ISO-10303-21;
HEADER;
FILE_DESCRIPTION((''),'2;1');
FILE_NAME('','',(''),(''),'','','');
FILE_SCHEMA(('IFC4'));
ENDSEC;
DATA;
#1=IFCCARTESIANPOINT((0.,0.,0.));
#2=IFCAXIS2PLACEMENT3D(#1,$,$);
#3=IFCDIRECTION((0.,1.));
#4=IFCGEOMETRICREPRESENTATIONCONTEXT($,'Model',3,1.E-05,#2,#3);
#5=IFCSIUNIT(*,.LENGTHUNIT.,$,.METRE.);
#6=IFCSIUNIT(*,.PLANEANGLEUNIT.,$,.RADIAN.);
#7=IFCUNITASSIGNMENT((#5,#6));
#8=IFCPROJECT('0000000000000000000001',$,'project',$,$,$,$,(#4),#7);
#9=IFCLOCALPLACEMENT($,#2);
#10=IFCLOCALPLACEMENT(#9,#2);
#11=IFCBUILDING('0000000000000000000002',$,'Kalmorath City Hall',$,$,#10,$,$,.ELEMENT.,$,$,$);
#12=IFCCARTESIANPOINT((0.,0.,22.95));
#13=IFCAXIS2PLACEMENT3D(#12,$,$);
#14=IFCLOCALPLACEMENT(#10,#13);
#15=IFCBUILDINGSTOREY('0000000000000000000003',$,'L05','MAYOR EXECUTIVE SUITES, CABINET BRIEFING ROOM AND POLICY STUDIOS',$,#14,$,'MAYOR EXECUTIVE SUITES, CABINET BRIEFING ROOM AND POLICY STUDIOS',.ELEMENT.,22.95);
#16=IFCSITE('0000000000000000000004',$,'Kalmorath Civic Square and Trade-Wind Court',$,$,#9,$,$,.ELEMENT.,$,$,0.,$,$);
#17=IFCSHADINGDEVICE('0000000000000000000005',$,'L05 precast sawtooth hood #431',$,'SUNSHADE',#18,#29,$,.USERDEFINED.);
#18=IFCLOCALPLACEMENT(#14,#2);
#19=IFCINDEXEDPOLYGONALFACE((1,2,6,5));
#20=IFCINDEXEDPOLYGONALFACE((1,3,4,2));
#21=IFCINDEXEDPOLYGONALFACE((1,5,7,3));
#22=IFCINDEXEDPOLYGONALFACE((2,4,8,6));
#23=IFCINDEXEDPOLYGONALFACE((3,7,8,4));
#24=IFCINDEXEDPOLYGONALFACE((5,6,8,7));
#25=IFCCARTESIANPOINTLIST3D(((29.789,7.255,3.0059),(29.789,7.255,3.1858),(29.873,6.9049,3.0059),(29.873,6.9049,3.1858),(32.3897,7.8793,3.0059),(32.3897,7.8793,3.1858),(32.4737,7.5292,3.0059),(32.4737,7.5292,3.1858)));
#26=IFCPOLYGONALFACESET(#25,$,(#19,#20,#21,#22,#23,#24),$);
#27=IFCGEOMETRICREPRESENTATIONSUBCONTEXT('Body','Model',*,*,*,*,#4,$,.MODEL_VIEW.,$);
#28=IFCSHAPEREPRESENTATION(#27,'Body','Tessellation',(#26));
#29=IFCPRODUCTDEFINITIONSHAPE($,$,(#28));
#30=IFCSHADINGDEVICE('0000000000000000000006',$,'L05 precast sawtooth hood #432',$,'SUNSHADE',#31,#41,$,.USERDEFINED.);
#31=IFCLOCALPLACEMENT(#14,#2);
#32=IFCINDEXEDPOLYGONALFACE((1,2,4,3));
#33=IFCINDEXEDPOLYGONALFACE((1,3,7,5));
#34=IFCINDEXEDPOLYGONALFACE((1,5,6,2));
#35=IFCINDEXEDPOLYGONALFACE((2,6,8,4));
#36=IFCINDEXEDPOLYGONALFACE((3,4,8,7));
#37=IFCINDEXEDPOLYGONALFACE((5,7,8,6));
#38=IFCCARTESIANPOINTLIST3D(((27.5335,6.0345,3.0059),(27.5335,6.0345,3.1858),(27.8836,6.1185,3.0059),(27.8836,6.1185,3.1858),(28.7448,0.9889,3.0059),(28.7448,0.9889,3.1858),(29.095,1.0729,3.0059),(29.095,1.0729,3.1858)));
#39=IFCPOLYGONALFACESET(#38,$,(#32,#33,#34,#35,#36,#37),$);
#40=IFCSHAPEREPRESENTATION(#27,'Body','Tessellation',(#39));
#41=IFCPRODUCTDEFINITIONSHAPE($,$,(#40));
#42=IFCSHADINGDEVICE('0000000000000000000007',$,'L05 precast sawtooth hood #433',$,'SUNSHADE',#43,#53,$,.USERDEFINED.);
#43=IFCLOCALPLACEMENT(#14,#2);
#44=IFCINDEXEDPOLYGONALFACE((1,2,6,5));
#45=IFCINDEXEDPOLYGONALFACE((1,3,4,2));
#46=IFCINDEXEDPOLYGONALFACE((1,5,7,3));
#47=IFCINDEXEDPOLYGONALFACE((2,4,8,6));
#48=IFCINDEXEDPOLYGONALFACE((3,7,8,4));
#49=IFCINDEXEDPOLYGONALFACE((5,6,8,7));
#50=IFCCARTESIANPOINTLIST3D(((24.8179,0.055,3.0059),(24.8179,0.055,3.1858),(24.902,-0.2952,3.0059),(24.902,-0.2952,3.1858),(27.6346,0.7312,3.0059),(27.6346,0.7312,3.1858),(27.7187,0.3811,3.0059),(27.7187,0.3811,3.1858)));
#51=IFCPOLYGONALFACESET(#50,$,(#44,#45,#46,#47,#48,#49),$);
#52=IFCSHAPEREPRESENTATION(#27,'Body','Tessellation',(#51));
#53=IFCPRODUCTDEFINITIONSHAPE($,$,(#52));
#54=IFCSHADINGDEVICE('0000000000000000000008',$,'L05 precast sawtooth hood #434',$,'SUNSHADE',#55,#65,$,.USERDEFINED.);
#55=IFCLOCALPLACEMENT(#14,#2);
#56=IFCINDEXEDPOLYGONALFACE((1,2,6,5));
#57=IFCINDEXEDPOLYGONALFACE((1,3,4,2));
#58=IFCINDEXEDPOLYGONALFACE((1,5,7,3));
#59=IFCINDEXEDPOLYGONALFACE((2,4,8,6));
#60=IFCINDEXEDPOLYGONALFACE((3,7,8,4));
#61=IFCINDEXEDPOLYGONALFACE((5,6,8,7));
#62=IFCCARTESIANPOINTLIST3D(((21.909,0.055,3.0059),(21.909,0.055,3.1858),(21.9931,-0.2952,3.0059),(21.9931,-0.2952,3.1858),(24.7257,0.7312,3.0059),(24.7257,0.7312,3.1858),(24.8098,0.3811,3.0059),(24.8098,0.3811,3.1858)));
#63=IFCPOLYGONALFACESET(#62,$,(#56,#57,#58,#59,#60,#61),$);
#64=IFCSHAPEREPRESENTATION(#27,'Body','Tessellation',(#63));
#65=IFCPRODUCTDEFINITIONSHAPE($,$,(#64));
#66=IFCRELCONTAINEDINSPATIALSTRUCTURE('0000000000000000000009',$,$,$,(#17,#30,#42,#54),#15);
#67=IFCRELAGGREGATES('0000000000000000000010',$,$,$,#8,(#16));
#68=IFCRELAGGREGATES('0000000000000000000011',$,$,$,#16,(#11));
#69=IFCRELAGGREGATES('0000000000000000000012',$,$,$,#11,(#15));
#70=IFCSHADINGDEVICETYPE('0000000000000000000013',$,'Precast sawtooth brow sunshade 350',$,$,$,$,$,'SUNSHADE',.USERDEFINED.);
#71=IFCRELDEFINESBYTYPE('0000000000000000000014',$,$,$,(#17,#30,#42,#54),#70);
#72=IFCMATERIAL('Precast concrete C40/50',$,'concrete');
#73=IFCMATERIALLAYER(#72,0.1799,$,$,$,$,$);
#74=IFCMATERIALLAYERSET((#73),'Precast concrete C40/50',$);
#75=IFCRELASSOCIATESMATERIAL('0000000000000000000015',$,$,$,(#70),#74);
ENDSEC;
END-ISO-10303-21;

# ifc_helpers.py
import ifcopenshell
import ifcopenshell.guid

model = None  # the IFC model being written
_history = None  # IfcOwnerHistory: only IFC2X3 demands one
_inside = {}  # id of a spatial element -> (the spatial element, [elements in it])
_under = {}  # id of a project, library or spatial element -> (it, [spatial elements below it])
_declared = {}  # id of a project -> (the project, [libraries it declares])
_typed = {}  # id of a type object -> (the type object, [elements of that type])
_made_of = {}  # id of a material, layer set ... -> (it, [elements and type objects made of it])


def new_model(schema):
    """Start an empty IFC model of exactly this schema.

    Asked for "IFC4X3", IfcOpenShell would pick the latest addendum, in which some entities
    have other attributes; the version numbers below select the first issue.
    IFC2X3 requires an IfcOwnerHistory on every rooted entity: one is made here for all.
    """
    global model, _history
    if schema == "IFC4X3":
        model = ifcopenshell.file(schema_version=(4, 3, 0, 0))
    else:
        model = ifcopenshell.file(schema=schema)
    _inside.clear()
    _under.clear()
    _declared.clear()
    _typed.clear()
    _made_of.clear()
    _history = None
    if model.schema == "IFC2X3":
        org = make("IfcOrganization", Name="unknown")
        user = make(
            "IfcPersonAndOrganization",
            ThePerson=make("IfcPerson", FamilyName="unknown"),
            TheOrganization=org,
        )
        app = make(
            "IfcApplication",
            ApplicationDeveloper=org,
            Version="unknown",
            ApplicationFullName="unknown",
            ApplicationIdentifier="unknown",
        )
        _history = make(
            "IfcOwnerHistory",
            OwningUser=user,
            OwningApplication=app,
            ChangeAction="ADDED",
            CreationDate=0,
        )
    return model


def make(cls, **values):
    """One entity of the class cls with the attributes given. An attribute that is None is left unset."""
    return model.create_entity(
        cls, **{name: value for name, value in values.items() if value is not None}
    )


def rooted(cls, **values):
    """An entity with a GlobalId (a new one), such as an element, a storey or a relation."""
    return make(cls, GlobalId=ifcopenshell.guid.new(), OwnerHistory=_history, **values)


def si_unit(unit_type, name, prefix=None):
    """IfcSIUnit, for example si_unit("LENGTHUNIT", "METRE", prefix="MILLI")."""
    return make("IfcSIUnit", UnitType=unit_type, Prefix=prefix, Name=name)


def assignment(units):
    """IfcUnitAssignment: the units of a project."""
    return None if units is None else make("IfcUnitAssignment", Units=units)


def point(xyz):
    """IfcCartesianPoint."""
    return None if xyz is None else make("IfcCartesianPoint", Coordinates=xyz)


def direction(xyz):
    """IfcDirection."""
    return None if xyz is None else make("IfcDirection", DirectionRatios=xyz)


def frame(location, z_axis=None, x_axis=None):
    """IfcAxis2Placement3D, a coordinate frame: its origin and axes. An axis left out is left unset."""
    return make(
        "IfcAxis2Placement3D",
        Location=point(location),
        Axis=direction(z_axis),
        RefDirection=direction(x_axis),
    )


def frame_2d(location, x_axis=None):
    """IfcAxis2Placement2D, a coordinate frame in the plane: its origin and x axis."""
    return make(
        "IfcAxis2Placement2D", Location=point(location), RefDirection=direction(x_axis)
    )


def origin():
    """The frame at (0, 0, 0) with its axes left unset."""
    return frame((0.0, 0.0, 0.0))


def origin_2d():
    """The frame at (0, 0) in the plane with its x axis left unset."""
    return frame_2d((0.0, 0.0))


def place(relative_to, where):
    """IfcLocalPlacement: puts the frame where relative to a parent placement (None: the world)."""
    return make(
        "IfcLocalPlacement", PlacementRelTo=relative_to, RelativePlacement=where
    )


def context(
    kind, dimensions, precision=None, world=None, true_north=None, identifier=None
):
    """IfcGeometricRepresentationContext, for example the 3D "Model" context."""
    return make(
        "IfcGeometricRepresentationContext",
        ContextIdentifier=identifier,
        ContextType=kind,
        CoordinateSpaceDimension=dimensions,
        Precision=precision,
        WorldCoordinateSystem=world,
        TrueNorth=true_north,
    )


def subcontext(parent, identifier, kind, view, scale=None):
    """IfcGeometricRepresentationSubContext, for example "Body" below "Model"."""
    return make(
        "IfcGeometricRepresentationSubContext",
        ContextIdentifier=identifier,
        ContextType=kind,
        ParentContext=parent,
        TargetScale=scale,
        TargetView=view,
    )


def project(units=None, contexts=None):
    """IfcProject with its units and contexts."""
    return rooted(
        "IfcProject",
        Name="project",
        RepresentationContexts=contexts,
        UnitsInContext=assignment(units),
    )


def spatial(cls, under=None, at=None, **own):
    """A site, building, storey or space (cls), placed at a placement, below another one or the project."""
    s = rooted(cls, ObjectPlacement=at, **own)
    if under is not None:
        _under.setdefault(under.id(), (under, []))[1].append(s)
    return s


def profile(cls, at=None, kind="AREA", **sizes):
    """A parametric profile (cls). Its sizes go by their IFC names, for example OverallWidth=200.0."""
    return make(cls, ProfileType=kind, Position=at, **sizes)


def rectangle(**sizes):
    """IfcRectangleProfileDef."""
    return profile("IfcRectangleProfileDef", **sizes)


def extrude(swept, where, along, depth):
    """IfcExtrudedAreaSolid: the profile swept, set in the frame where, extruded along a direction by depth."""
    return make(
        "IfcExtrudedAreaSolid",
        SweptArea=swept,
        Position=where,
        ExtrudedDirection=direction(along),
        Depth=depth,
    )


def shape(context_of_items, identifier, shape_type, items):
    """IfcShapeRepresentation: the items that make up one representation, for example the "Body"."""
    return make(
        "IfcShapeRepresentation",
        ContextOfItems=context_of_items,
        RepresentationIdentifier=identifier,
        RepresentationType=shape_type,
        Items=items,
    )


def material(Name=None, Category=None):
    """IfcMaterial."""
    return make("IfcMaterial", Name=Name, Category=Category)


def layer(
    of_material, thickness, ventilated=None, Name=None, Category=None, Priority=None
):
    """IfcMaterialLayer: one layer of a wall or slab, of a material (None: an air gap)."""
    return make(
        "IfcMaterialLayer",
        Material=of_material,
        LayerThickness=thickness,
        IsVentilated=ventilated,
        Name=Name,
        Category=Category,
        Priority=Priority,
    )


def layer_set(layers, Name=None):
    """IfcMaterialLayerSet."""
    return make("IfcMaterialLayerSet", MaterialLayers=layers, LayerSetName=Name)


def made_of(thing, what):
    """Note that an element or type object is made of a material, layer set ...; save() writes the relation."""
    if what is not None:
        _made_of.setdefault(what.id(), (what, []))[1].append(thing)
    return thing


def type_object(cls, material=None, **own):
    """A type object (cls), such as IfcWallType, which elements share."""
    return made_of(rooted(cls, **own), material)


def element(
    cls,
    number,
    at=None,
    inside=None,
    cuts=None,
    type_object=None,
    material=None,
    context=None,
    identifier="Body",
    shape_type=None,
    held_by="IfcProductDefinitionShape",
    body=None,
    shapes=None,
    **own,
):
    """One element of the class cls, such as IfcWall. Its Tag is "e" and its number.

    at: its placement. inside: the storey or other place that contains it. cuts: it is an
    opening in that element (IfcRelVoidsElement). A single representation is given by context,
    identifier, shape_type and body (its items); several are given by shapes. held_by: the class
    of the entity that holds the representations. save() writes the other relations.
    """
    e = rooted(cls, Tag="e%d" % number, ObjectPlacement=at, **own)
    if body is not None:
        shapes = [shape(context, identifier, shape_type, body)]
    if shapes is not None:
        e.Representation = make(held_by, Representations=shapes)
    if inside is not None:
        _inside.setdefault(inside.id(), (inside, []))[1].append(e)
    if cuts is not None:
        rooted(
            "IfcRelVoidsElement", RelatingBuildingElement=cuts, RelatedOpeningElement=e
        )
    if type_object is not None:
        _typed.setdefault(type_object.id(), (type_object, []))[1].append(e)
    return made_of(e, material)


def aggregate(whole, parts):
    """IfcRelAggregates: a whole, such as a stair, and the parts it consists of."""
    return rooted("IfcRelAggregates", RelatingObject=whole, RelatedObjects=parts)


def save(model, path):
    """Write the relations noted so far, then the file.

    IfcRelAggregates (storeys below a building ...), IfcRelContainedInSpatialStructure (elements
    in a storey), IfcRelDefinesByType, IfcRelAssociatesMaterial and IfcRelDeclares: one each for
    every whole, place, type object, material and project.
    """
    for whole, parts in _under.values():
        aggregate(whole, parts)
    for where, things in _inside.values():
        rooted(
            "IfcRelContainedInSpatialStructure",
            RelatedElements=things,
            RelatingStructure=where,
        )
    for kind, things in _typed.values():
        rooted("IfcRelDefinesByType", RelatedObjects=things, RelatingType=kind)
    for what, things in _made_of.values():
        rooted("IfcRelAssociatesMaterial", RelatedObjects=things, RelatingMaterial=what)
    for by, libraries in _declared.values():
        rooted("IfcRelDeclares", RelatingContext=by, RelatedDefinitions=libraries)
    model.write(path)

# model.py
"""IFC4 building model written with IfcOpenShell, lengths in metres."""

from ifc_helpers import new_model, si_unit, direction, frame, origin, origin_2d, place, context, subcontext, project, spatial, rectangle, extrude, material, layer, layer_set, type_object, element, save


model = new_model("IFC4")

# Units and contexts
model_context = context("Model", 3, precision=1e-05, world=origin(), true_north=direction((0.0, 1.0)))
body_context = subcontext(model_context, "Body", "Model", "MODEL_VIEW")
ifc_project = project(units=[si_unit("LENGTHUNIT", "METRE"), si_unit("PLANEANGLEUNIT", "RADIAN")], contexts=[model_context])

# Site, building, storey
site_placement = place(None, origin())
site = spatial("IfcSite", under=ifc_project, at=site_placement, Name="Kalmorath Civic Square and Trade-Wind Court", CompositionType="ELEMENT", RefElevation=0.0)
building_placement = place(site_placement, origin())
building = spatial("IfcBuilding", under=site, at=building_placement, Name="Kalmorath City Hall", CompositionType="ELEMENT")
storey_placement = place(building_placement, frame((0.0, 0.0, 22.95)))
storey = spatial("IfcBuildingStorey", under=building, at=storey_placement, Name="L05", Description="MAYOR EXECUTIVE SUITES, CABINET BRIEFING ROOM AND POLICY STUDIOS", LongName="MAYOR EXECUTIVE SUITES, CABINET BRIEFING ROOM AND POLICY STUDIOS", CompositionType="ELEMENT", Elevation=22.95)

# Shading devices
ifc_material_1 = material(Name="Precast concrete C40/50", Category="concrete")
ifc_layer_1 = layer(ifc_material_1, 0.1799)
ifc_layer_set_1 = layer_set([ifc_layer_1], Name="Precast concrete C40/50")
shading_device_type = type_object("IfcShadingDeviceType", Name="Precast sawtooth brow sunshade 350", ElementType="SUNSHADE", PredefinedType="USERDEFINED", material=ifc_layer_set_1)
shading_device_1_placement = place(storey_placement, frame((31.1313, 7.3921, 3.0059), z_axis=(0.0, 0.0, 1.0), x_axis=(-0.972374, -0.233428, 0.0)))
element("IfcShadingDevice", 1, at=shading_device_1_placement, inside=storey, type_object=shading_device_type, Name="L05 precast sawtooth hood #431", ObjectType="SUNSHADE", PredefinedType="USERDEFINED", context=body_context, shape_type="SweptSolid", body=[
    extrude(rectangle(XDim=2.6746, YDim=0.3601, at=origin_2d()), origin(), (0.0, 0.0, 1.0), 0.1799),
])
shading_device_2_placement = place(storey_placement, frame((28.3142, 3.5537, 3.0059), z_axis=(0.0, 0.0, 1.0), x_axis=(0.233445, -0.97237, 0.0)))
element("IfcShadingDevice", 2, at=shading_device_2_placement, inside=storey, type_object=shading_device_type, Name="L05 precast sawtooth hood #432", ObjectType="SUNSHADE", PredefinedType="USERDEFINED", context=body_context, shape_type="SweptSolid", body=[
    extrude(rectangle(XDim=5.189, YDim=0.3601, at=origin_2d()), origin(), (0.0, 0.0, 1.0), 0.1799),
])
for number, where, z_axis, x_axis, name in (
    (3, (26.2683, 0.218, 3.0059), (0.0, 0.0, 1.0), (-0.97237, -0.233445, 0.0), "L05 precast sawtooth hood #433"),
    (4, (23.3594, 0.218, 3.0059), (0.0, 0.0, 1.0), (-0.97237, -0.233445, 0.0), "L05 precast sawtooth hood #434"),
):
    element("IfcShadingDevice", number, at=place(storey_placement, frame(where, z_axis=z_axis, x_axis=x_axis)), inside=storey, type_object=shading_device_type, Name=name, ObjectType="SUNSHADE", PredefinedType="USERDEFINED", context=body_context, shape_type="SweptSolid", body=[
        extrude(rectangle(XDim=2.8967, YDim=0.3601, at=origin_2d()), origin(), (0.0, 0.0, 1.0), 0.1799),
    ])

save(model, "model.ifc")
